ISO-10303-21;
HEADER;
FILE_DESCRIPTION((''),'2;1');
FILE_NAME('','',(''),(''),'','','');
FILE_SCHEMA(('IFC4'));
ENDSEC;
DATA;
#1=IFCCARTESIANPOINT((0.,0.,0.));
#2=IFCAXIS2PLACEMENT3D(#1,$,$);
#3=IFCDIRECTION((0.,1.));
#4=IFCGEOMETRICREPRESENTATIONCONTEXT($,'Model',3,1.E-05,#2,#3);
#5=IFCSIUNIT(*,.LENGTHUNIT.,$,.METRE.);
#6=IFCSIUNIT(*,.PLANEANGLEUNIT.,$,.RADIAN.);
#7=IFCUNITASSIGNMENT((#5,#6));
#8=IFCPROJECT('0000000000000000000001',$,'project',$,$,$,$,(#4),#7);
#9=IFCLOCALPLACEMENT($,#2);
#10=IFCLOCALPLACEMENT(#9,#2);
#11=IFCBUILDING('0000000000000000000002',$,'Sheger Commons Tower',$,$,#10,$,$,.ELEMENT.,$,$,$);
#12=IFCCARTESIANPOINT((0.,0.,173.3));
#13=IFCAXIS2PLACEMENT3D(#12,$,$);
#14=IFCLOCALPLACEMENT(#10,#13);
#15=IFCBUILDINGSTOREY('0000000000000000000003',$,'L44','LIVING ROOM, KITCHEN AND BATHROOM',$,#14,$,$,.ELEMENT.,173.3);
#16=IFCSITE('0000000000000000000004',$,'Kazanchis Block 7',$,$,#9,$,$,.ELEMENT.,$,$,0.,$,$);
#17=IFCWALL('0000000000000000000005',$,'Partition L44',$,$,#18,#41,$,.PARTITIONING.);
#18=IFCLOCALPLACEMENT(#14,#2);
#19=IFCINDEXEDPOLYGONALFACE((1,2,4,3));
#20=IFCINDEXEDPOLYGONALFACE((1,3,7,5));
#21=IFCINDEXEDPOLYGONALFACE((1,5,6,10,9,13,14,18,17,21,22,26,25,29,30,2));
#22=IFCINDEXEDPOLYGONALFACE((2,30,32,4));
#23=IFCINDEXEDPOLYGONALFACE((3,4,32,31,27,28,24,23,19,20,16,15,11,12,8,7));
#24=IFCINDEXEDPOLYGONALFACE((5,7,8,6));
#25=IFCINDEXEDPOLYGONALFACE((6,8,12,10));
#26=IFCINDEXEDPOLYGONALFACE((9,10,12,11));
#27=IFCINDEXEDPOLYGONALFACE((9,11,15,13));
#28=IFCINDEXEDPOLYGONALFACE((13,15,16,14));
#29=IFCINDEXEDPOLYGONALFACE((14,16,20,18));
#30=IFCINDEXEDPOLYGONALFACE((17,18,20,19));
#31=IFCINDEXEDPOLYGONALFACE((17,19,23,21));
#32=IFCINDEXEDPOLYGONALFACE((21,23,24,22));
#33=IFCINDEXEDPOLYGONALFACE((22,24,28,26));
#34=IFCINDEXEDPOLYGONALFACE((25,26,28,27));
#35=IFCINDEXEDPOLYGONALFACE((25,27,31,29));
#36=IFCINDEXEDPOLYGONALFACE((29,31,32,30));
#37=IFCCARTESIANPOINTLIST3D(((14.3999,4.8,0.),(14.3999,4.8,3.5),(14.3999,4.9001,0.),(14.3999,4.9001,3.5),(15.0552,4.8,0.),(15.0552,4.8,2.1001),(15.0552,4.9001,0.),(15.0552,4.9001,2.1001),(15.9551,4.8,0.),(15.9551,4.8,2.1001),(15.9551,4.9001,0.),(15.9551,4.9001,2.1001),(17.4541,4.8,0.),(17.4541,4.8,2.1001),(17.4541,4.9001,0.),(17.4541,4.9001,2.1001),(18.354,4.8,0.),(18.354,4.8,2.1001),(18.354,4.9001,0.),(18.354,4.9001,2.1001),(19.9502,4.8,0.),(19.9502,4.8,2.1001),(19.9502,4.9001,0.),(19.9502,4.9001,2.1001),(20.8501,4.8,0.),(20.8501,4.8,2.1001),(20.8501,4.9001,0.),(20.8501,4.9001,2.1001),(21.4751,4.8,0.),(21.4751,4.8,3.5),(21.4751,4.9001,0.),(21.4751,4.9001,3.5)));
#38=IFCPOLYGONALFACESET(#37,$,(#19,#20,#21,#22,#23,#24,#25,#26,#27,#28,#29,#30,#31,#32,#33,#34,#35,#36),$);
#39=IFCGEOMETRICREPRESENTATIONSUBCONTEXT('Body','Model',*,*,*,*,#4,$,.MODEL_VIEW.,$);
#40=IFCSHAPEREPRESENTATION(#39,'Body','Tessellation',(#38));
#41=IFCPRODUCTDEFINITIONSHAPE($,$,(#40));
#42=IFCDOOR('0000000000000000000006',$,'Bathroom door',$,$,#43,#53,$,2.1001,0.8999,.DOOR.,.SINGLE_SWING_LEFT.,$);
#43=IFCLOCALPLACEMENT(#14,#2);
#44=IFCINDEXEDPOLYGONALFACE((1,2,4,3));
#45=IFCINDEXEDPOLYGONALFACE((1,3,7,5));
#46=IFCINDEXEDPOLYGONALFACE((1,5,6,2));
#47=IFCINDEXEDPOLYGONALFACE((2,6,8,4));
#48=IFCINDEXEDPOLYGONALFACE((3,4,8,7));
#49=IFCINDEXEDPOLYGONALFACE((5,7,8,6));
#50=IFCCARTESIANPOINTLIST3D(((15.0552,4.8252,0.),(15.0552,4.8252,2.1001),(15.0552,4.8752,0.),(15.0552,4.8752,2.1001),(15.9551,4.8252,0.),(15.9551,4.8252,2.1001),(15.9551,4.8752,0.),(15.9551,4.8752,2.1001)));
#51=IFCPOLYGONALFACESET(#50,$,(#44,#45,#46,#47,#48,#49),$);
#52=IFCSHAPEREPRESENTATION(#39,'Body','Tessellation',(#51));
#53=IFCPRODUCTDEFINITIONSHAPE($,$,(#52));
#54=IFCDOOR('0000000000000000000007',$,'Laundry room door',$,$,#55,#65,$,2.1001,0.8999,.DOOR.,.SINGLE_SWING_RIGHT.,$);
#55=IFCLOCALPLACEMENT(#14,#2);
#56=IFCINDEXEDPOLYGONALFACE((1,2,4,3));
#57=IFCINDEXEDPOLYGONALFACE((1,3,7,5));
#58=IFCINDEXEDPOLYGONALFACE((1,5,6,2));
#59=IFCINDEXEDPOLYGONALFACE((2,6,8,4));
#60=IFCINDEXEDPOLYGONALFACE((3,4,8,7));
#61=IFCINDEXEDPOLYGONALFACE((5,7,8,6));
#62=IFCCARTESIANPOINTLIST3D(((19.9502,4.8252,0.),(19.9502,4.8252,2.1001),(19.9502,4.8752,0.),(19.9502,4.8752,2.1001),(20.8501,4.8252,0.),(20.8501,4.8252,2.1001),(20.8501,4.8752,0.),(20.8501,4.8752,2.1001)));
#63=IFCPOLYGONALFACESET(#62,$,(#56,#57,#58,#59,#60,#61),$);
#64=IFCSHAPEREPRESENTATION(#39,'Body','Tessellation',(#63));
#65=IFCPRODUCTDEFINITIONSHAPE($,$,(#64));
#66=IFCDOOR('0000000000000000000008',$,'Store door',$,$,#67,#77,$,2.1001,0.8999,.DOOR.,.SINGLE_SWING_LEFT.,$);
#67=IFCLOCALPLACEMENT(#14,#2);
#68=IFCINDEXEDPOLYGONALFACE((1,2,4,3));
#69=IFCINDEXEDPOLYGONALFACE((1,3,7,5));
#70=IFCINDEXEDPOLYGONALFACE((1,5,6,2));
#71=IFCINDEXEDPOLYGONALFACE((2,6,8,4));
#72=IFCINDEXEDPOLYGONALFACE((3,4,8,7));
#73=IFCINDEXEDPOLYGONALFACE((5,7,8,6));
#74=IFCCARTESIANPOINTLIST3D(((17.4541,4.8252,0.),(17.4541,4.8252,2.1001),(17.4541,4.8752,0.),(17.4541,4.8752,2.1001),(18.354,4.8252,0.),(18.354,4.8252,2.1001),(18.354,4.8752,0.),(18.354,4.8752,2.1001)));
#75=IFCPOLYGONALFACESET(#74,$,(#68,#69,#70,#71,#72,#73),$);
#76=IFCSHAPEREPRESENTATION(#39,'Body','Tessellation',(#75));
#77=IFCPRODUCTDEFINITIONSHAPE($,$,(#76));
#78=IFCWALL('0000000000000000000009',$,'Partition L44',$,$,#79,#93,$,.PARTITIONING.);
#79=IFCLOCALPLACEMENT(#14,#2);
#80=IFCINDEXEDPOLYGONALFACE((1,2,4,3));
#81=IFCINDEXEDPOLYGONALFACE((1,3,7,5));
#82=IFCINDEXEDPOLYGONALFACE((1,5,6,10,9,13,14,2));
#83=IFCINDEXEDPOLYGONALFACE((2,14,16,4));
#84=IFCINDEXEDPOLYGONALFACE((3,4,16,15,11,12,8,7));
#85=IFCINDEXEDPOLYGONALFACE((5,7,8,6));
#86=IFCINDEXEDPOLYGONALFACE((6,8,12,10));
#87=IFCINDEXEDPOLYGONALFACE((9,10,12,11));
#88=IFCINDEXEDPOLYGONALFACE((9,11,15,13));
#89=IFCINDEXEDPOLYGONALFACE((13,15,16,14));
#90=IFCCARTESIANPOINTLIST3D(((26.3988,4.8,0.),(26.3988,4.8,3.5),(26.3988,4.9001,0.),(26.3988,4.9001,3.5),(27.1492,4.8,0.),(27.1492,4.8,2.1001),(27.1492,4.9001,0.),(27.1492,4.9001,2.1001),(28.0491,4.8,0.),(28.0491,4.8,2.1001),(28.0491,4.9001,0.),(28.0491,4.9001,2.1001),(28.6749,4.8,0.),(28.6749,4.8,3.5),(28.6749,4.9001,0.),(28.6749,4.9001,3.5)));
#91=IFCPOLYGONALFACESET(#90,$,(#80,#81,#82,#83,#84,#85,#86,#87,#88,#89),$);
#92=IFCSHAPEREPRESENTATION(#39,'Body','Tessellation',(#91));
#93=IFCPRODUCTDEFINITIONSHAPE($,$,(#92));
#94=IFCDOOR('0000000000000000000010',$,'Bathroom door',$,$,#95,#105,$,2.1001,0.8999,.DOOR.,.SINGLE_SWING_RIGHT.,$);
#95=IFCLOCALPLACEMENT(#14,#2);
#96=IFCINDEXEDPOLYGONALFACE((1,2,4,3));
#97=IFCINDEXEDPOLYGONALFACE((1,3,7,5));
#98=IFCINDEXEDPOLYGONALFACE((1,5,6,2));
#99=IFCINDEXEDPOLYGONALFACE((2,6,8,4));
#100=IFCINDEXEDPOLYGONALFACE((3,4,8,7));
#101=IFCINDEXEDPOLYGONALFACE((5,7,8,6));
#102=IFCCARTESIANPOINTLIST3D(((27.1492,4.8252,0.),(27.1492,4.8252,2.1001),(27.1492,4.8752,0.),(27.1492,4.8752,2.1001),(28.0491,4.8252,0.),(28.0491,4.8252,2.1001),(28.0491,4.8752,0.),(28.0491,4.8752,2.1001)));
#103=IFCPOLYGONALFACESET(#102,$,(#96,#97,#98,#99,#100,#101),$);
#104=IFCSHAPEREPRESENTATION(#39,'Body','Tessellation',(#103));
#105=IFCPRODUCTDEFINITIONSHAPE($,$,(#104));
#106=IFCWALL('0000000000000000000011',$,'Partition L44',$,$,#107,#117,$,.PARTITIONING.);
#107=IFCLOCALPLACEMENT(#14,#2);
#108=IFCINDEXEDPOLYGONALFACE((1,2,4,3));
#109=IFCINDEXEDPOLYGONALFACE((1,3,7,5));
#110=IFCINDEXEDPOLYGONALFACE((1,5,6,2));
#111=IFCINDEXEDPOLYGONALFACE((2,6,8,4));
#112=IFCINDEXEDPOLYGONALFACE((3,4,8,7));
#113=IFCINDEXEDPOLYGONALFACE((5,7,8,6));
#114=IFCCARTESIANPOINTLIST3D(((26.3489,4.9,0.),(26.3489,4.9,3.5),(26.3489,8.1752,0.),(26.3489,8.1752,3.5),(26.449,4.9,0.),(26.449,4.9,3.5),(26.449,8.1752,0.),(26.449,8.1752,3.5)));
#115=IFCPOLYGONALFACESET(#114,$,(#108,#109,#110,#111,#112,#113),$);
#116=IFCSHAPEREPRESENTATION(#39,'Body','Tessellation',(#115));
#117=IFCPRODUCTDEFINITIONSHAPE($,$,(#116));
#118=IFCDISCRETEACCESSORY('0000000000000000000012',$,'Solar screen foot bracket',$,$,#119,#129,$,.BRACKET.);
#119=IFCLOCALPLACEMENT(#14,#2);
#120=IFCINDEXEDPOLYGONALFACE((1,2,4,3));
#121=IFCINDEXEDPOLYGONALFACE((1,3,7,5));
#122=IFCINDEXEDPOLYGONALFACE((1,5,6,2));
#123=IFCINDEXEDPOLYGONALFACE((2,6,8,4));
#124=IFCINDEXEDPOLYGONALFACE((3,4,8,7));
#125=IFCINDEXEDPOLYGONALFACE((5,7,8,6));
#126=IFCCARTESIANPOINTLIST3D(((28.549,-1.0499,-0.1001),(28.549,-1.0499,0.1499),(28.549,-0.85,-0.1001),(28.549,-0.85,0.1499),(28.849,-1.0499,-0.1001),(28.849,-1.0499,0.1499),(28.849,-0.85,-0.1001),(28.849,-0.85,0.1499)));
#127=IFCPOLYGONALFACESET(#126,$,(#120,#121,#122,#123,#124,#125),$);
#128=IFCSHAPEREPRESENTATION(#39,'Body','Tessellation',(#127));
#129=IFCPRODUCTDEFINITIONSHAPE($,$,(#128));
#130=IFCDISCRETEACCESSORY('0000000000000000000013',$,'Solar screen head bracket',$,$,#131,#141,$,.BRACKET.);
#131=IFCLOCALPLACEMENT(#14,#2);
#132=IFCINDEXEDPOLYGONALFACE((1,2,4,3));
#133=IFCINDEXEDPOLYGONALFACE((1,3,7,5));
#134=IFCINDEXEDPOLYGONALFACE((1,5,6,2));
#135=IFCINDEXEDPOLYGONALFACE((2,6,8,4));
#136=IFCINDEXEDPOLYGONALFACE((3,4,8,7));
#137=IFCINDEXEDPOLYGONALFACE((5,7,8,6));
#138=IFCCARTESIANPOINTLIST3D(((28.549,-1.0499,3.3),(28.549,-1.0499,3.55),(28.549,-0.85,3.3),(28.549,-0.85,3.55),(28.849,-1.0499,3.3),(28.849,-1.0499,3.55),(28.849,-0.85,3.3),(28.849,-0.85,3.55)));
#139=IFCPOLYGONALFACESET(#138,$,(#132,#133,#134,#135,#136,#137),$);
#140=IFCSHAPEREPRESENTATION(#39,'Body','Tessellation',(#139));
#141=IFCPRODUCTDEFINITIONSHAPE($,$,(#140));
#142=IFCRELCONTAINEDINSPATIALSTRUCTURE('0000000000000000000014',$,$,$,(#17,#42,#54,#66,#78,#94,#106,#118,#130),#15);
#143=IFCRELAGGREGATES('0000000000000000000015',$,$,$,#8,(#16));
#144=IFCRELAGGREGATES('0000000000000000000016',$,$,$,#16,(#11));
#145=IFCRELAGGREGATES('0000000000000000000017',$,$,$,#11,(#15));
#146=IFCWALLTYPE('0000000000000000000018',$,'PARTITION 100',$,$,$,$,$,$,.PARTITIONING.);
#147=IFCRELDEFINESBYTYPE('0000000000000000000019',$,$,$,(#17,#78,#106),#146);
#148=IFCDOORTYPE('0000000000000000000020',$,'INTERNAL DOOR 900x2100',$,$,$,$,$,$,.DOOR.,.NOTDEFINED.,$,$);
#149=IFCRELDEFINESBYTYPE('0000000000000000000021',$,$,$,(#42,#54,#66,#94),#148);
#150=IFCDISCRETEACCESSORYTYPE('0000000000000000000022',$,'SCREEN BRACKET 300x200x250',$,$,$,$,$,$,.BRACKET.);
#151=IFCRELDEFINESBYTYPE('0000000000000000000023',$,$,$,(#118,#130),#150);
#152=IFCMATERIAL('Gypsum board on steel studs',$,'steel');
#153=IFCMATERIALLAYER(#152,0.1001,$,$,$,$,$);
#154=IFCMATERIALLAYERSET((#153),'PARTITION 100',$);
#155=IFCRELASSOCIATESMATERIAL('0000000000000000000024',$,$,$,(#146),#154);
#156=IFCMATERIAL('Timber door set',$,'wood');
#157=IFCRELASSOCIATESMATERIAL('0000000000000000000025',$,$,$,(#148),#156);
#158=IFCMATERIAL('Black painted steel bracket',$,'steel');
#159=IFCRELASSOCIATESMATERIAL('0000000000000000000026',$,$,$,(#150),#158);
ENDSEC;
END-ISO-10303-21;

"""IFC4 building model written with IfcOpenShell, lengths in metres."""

from ifc_helpers import new_model, si_unit, direction, frame, frame_2d, origin, origin_2d, place, context, subcontext, project, spatial, rectangle, extrude, material, layer, layer_set, type_object, element, fill, save


model = new_model("IFC4")

# Units and contexts
model_context = context("Model", 3, precision=1e-05, world=origin(), true_north=direction((0.0, 1.0)))
body_context = subcontext(model_context, "Body", "Model", "MODEL_VIEW")
ifc_project = project(units=[si_unit("LENGTHUNIT", "METRE"), si_unit("PLANEANGLEUNIT", "RADIAN")], contexts=[model_context])

# Site, building, storey
site_placement = place(None, origin())
site = spatial("IfcSite", under=ifc_project, at=site_placement, Name="Kazanchis Block 7", CompositionType="ELEMENT", RefElevation=0.0)
building_placement = place(site_placement, origin())
building = spatial("IfcBuilding", under=site, at=building_placement, Name="Sheger Commons Tower", CompositionType="ELEMENT")
storey_placement = place(building_placement, frame((0.0, 0.0, 173.3)))
storey = spatial("IfcBuildingStorey", under=building, at=storey_placement, Name="L44", Description="LIVING ROOM, KITCHEN AND BATHROOM", CompositionType="ELEMENT", Elevation=173.3)

# Wall, openings, doors
ifc_material_1 = material(Name="Gypsum board on steel studs", Category="steel")
ifc_layer_1 = layer(ifc_material_1, 0.1001)
ifc_layer_set_1 = layer_set([ifc_layer_1], Name="PARTITION 100")
wall_type_1 = type_object("IfcWallType", Name="PARTITION 100", PredefinedType="PARTITIONING", material=ifc_layer_set_1)
ifc_material_2 = material(Name="Timber door set", Category="wood")
door_type = type_object("IfcDoorType", Name="INTERNAL DOOR 900x2100", OperationType="NOTDEFINED", PredefinedType="DOOR", material=ifc_material_2)
wall_1_placement = place(storey_placement, frame((21.4751, 4.8501, 0.0), z_axis=(0.0, 0.0, 1.0), x_axis=(-1.0, 0.0, 0.0)))
wall_1 = element("IfcWall", 1, at=wall_1_placement, inside=storey, type_object=wall_type_1, Name="Partition L44", PredefinedType="PARTITIONING", context=body_context, shape_type="SweptSolid", body=[
    extrude(rectangle(XDim=7.0752, YDim=0.1001, at=frame_2d((3.5376, 0.0))), origin(), (0.0, 0.0, 1.0), 3.5),
])
opening_1_placement = place(wall_1_placement, frame((5.52, 0.0, 0.0)))
opening_1 = element("IfcOpeningElement", 2, at=opening_1_placement, cuts=wall_1, PredefinedType="OPENING", context=body_context, shape_type="SweptSolid", body=[
    extrude(rectangle(XDim=0.8999, YDim=2.1001, at=frame_2d((0.45, 1.05))), frame((0.0, 0.0601, 0.0), z_axis=(0.0, -1.0, 0.0), x_axis=(1.0, 0.0, 0.0)), (0.0, 0.0, 1.0), 0.1201),
])
opening_2_placement = place(wall_1_placement, frame((0.625, 0.0, 0.0)))
opening_2 = element("IfcOpeningElement", 3, at=opening_2_placement, cuts=wall_1, PredefinedType="OPENING", context=body_context, shape_type="SweptSolid", body=[
    extrude(rectangle(XDim=0.8999, YDim=2.1001, at=frame_2d((0.45, 1.05))), frame((0.0, 0.0601, 0.0), z_axis=(0.0, -1.0, 0.0), x_axis=(1.0, 0.0, 0.0)), (0.0, 0.0, 1.0), 0.1201),
])
opening_3_placement = place(wall_1_placement, frame((3.1211, 0.0, 0.0)))
opening_3 = element("IfcOpeningElement", 4, at=opening_3_placement, cuts=wall_1, PredefinedType="OPENING", context=body_context, shape_type="SweptSolid", body=[
    extrude(rectangle(XDim=0.8999, YDim=2.1001, at=frame_2d((0.45, 1.05))), frame((0.0, 0.0601, 0.0), z_axis=(0.0, -1.0, 0.0), x_axis=(1.0, 0.0, 0.0)), (0.0, 0.0, 1.0), 0.1201),
])
door_1_placement = place(opening_1_placement, origin())
door_1 = element("IfcDoor", 5, at=door_1_placement, inside=storey, type_object=door_type, Name="Bathroom door", OperationType="SINGLE_SWING_LEFT", OverallHeight=2.1001, OverallWidth=0.8999, PredefinedType="DOOR", context=body_context, shape_type="SweptSolid", body=[
    extrude(rectangle(XDim=0.8999, YDim=2.1001, at=frame_2d((0.45, 1.05))), frame((0.0, 0.0249, 0.0), z_axis=(0.0, -1.0, 0.0), x_axis=(1.0, 0.0, 0.0)), (0.0, 0.0, 1.0), 0.05),
])
fill(opening_1, door_1)
door_2_placement = place(opening_2_placement, origin())
door_2 = element("IfcDoor", 6, at=door_2_placement, inside=storey, type_object=door_type, Name="Laundry room door", OperationType="SINGLE_SWING_RIGHT", OverallHeight=2.1001, OverallWidth=0.8999, PredefinedType="DOOR", context=body_context, shape_type="SweptSolid", body=[
    extrude(rectangle(XDim=0.8999, YDim=2.1001, at=frame_2d((0.45, 1.05))), frame((0.0, 0.0249, 0.0), z_axis=(0.0, -1.0, 0.0), x_axis=(1.0, 0.0, 0.0)), (0.0, 0.0, 1.0), 0.05),
])
fill(opening_2, door_2)
door_3_placement = place(opening_3_placement, origin())
door_3 = element("IfcDoor", 7, at=door_3_placement, inside=storey, type_object=door_type, Name="Store door", OperationType="SINGLE_SWING_LEFT", OverallHeight=2.1001, OverallWidth=0.8999, PredefinedType="DOOR", context=body_context, shape_type="SweptSolid", body=[
    extrude(rectangle(XDim=0.8999, YDim=2.1001, at=frame_2d((0.45, 1.05))), frame((0.0, 0.0249, 0.0), z_axis=(0.0, -1.0, 0.0), x_axis=(1.0, 0.0, 0.0)), (0.0, 0.0, 1.0), 0.05),
])
fill(opening_3, door_3)

# Wall, opening, door
wall_2_placement = place(storey_placement, frame((28.675, 4.8501, 0.0), z_axis=(0.0, 0.0, 1.0), x_axis=(-1.0, 0.0, 0.0)))
wall_2 = element("IfcWall", 8, at=wall_2_placement, inside=storey, type_object=wall_type_1, Name="Partition L44", PredefinedType="PARTITIONING", context=body_context, shape_type="SweptSolid", body=[
    extrude(rectangle(XDim=2.2761, YDim=0.1001, at=frame_2d((1.1382, 0.0))), origin(), (0.0, 0.0, 1.0), 3.5),
])
opening_4_placement = place(wall_2_placement, frame((0.626, 0.0, 0.0)))
opening_4 = element("IfcOpeningElement", 9, at=opening_4_placement, cuts=wall_2, PredefinedType="OPENING", context=body_context, shape_type="SweptSolid", body=[
    extrude(rectangle(XDim=0.8999, YDim=2.1001, at=frame_2d((0.45, 1.05))), frame((0.0, 0.0601, 0.0), z_axis=(0.0, -1.0, 0.0), x_axis=(1.0, 0.0, 0.0)), (0.0, 0.0, 1.0), 0.1201),
])
door_4_placement = place(opening_4_placement, origin())
door_4 = element("IfcDoor", 10, at=door_4_placement, inside=storey, type_object=door_type, Name="Bathroom door", OperationType="SINGLE_SWING_RIGHT", OverallHeight=2.1001, OverallWidth=0.8999, PredefinedType="DOOR", context=body_context, shape_type="SweptSolid", body=[
    extrude(rectangle(XDim=0.8999, YDim=2.1001, at=frame_2d((0.45, 1.05))), frame((0.0, 0.0249, 0.0), z_axis=(0.0, -1.0, 0.0), x_axis=(1.0, 0.0, 0.0)), (0.0, 0.0, 1.0), 0.05),
])
fill(opening_4, door_4)

# Wall
wall_3_placement = place(storey_placement, frame((26.3989, 4.8999, 0.0), z_axis=(0.0, 0.0, 1.0), x_axis=(0.0, 1.0, 0.0)))
element("IfcWall", 11, at=wall_3_placement, inside=storey, type_object=wall_type_1, Name="Partition L44", PredefinedType="PARTITIONING", context=body_context, shape_type="SweptSolid", body=[
    extrude(rectangle(XDim=3.2751, YDim=0.1001, at=frame_2d((1.6377, 0.0))), origin(), (0.0, 0.0, 1.0), 3.5),
])

# Discrete accessories
ifc_material_3 = material(Name="Black painted steel bracket", Category="steel")
discrete_accessory_type = type_object("IfcDiscreteAccessoryType", Name="SCREEN BRACKET 300x200x250", PredefinedType="BRACKET", material=ifc_material_3)
for number, where, z_axis, x_axis, name in (
    (12, (28.699, -0.95, -0.1001), (0.0, 0.0, 1.0), (1.0, 0.0, 0.0), "Solar screen foot bracket"),
    (13, (28.699, -0.95, 3.3), (0.0, 0.0, 1.0), (1.0, 0.0, 0.0), "Solar screen head bracket"),
):
    element("IfcDiscreteAccessory", number, at=place(storey_placement, frame(where, z_axis=z_axis, x_axis=x_axis)), inside=storey, type_object=discrete_accessory_type, Name=name, PredefinedType="BRACKET", context=body_context, shape_type="SweptSolid", body=[
        extrude(rectangle(XDim=0.3, YDim=0.2, at=origin_2d()), origin(), (0.0, 0.0, 1.0), 0.25),
    ])

save(model, "model.ifc")
